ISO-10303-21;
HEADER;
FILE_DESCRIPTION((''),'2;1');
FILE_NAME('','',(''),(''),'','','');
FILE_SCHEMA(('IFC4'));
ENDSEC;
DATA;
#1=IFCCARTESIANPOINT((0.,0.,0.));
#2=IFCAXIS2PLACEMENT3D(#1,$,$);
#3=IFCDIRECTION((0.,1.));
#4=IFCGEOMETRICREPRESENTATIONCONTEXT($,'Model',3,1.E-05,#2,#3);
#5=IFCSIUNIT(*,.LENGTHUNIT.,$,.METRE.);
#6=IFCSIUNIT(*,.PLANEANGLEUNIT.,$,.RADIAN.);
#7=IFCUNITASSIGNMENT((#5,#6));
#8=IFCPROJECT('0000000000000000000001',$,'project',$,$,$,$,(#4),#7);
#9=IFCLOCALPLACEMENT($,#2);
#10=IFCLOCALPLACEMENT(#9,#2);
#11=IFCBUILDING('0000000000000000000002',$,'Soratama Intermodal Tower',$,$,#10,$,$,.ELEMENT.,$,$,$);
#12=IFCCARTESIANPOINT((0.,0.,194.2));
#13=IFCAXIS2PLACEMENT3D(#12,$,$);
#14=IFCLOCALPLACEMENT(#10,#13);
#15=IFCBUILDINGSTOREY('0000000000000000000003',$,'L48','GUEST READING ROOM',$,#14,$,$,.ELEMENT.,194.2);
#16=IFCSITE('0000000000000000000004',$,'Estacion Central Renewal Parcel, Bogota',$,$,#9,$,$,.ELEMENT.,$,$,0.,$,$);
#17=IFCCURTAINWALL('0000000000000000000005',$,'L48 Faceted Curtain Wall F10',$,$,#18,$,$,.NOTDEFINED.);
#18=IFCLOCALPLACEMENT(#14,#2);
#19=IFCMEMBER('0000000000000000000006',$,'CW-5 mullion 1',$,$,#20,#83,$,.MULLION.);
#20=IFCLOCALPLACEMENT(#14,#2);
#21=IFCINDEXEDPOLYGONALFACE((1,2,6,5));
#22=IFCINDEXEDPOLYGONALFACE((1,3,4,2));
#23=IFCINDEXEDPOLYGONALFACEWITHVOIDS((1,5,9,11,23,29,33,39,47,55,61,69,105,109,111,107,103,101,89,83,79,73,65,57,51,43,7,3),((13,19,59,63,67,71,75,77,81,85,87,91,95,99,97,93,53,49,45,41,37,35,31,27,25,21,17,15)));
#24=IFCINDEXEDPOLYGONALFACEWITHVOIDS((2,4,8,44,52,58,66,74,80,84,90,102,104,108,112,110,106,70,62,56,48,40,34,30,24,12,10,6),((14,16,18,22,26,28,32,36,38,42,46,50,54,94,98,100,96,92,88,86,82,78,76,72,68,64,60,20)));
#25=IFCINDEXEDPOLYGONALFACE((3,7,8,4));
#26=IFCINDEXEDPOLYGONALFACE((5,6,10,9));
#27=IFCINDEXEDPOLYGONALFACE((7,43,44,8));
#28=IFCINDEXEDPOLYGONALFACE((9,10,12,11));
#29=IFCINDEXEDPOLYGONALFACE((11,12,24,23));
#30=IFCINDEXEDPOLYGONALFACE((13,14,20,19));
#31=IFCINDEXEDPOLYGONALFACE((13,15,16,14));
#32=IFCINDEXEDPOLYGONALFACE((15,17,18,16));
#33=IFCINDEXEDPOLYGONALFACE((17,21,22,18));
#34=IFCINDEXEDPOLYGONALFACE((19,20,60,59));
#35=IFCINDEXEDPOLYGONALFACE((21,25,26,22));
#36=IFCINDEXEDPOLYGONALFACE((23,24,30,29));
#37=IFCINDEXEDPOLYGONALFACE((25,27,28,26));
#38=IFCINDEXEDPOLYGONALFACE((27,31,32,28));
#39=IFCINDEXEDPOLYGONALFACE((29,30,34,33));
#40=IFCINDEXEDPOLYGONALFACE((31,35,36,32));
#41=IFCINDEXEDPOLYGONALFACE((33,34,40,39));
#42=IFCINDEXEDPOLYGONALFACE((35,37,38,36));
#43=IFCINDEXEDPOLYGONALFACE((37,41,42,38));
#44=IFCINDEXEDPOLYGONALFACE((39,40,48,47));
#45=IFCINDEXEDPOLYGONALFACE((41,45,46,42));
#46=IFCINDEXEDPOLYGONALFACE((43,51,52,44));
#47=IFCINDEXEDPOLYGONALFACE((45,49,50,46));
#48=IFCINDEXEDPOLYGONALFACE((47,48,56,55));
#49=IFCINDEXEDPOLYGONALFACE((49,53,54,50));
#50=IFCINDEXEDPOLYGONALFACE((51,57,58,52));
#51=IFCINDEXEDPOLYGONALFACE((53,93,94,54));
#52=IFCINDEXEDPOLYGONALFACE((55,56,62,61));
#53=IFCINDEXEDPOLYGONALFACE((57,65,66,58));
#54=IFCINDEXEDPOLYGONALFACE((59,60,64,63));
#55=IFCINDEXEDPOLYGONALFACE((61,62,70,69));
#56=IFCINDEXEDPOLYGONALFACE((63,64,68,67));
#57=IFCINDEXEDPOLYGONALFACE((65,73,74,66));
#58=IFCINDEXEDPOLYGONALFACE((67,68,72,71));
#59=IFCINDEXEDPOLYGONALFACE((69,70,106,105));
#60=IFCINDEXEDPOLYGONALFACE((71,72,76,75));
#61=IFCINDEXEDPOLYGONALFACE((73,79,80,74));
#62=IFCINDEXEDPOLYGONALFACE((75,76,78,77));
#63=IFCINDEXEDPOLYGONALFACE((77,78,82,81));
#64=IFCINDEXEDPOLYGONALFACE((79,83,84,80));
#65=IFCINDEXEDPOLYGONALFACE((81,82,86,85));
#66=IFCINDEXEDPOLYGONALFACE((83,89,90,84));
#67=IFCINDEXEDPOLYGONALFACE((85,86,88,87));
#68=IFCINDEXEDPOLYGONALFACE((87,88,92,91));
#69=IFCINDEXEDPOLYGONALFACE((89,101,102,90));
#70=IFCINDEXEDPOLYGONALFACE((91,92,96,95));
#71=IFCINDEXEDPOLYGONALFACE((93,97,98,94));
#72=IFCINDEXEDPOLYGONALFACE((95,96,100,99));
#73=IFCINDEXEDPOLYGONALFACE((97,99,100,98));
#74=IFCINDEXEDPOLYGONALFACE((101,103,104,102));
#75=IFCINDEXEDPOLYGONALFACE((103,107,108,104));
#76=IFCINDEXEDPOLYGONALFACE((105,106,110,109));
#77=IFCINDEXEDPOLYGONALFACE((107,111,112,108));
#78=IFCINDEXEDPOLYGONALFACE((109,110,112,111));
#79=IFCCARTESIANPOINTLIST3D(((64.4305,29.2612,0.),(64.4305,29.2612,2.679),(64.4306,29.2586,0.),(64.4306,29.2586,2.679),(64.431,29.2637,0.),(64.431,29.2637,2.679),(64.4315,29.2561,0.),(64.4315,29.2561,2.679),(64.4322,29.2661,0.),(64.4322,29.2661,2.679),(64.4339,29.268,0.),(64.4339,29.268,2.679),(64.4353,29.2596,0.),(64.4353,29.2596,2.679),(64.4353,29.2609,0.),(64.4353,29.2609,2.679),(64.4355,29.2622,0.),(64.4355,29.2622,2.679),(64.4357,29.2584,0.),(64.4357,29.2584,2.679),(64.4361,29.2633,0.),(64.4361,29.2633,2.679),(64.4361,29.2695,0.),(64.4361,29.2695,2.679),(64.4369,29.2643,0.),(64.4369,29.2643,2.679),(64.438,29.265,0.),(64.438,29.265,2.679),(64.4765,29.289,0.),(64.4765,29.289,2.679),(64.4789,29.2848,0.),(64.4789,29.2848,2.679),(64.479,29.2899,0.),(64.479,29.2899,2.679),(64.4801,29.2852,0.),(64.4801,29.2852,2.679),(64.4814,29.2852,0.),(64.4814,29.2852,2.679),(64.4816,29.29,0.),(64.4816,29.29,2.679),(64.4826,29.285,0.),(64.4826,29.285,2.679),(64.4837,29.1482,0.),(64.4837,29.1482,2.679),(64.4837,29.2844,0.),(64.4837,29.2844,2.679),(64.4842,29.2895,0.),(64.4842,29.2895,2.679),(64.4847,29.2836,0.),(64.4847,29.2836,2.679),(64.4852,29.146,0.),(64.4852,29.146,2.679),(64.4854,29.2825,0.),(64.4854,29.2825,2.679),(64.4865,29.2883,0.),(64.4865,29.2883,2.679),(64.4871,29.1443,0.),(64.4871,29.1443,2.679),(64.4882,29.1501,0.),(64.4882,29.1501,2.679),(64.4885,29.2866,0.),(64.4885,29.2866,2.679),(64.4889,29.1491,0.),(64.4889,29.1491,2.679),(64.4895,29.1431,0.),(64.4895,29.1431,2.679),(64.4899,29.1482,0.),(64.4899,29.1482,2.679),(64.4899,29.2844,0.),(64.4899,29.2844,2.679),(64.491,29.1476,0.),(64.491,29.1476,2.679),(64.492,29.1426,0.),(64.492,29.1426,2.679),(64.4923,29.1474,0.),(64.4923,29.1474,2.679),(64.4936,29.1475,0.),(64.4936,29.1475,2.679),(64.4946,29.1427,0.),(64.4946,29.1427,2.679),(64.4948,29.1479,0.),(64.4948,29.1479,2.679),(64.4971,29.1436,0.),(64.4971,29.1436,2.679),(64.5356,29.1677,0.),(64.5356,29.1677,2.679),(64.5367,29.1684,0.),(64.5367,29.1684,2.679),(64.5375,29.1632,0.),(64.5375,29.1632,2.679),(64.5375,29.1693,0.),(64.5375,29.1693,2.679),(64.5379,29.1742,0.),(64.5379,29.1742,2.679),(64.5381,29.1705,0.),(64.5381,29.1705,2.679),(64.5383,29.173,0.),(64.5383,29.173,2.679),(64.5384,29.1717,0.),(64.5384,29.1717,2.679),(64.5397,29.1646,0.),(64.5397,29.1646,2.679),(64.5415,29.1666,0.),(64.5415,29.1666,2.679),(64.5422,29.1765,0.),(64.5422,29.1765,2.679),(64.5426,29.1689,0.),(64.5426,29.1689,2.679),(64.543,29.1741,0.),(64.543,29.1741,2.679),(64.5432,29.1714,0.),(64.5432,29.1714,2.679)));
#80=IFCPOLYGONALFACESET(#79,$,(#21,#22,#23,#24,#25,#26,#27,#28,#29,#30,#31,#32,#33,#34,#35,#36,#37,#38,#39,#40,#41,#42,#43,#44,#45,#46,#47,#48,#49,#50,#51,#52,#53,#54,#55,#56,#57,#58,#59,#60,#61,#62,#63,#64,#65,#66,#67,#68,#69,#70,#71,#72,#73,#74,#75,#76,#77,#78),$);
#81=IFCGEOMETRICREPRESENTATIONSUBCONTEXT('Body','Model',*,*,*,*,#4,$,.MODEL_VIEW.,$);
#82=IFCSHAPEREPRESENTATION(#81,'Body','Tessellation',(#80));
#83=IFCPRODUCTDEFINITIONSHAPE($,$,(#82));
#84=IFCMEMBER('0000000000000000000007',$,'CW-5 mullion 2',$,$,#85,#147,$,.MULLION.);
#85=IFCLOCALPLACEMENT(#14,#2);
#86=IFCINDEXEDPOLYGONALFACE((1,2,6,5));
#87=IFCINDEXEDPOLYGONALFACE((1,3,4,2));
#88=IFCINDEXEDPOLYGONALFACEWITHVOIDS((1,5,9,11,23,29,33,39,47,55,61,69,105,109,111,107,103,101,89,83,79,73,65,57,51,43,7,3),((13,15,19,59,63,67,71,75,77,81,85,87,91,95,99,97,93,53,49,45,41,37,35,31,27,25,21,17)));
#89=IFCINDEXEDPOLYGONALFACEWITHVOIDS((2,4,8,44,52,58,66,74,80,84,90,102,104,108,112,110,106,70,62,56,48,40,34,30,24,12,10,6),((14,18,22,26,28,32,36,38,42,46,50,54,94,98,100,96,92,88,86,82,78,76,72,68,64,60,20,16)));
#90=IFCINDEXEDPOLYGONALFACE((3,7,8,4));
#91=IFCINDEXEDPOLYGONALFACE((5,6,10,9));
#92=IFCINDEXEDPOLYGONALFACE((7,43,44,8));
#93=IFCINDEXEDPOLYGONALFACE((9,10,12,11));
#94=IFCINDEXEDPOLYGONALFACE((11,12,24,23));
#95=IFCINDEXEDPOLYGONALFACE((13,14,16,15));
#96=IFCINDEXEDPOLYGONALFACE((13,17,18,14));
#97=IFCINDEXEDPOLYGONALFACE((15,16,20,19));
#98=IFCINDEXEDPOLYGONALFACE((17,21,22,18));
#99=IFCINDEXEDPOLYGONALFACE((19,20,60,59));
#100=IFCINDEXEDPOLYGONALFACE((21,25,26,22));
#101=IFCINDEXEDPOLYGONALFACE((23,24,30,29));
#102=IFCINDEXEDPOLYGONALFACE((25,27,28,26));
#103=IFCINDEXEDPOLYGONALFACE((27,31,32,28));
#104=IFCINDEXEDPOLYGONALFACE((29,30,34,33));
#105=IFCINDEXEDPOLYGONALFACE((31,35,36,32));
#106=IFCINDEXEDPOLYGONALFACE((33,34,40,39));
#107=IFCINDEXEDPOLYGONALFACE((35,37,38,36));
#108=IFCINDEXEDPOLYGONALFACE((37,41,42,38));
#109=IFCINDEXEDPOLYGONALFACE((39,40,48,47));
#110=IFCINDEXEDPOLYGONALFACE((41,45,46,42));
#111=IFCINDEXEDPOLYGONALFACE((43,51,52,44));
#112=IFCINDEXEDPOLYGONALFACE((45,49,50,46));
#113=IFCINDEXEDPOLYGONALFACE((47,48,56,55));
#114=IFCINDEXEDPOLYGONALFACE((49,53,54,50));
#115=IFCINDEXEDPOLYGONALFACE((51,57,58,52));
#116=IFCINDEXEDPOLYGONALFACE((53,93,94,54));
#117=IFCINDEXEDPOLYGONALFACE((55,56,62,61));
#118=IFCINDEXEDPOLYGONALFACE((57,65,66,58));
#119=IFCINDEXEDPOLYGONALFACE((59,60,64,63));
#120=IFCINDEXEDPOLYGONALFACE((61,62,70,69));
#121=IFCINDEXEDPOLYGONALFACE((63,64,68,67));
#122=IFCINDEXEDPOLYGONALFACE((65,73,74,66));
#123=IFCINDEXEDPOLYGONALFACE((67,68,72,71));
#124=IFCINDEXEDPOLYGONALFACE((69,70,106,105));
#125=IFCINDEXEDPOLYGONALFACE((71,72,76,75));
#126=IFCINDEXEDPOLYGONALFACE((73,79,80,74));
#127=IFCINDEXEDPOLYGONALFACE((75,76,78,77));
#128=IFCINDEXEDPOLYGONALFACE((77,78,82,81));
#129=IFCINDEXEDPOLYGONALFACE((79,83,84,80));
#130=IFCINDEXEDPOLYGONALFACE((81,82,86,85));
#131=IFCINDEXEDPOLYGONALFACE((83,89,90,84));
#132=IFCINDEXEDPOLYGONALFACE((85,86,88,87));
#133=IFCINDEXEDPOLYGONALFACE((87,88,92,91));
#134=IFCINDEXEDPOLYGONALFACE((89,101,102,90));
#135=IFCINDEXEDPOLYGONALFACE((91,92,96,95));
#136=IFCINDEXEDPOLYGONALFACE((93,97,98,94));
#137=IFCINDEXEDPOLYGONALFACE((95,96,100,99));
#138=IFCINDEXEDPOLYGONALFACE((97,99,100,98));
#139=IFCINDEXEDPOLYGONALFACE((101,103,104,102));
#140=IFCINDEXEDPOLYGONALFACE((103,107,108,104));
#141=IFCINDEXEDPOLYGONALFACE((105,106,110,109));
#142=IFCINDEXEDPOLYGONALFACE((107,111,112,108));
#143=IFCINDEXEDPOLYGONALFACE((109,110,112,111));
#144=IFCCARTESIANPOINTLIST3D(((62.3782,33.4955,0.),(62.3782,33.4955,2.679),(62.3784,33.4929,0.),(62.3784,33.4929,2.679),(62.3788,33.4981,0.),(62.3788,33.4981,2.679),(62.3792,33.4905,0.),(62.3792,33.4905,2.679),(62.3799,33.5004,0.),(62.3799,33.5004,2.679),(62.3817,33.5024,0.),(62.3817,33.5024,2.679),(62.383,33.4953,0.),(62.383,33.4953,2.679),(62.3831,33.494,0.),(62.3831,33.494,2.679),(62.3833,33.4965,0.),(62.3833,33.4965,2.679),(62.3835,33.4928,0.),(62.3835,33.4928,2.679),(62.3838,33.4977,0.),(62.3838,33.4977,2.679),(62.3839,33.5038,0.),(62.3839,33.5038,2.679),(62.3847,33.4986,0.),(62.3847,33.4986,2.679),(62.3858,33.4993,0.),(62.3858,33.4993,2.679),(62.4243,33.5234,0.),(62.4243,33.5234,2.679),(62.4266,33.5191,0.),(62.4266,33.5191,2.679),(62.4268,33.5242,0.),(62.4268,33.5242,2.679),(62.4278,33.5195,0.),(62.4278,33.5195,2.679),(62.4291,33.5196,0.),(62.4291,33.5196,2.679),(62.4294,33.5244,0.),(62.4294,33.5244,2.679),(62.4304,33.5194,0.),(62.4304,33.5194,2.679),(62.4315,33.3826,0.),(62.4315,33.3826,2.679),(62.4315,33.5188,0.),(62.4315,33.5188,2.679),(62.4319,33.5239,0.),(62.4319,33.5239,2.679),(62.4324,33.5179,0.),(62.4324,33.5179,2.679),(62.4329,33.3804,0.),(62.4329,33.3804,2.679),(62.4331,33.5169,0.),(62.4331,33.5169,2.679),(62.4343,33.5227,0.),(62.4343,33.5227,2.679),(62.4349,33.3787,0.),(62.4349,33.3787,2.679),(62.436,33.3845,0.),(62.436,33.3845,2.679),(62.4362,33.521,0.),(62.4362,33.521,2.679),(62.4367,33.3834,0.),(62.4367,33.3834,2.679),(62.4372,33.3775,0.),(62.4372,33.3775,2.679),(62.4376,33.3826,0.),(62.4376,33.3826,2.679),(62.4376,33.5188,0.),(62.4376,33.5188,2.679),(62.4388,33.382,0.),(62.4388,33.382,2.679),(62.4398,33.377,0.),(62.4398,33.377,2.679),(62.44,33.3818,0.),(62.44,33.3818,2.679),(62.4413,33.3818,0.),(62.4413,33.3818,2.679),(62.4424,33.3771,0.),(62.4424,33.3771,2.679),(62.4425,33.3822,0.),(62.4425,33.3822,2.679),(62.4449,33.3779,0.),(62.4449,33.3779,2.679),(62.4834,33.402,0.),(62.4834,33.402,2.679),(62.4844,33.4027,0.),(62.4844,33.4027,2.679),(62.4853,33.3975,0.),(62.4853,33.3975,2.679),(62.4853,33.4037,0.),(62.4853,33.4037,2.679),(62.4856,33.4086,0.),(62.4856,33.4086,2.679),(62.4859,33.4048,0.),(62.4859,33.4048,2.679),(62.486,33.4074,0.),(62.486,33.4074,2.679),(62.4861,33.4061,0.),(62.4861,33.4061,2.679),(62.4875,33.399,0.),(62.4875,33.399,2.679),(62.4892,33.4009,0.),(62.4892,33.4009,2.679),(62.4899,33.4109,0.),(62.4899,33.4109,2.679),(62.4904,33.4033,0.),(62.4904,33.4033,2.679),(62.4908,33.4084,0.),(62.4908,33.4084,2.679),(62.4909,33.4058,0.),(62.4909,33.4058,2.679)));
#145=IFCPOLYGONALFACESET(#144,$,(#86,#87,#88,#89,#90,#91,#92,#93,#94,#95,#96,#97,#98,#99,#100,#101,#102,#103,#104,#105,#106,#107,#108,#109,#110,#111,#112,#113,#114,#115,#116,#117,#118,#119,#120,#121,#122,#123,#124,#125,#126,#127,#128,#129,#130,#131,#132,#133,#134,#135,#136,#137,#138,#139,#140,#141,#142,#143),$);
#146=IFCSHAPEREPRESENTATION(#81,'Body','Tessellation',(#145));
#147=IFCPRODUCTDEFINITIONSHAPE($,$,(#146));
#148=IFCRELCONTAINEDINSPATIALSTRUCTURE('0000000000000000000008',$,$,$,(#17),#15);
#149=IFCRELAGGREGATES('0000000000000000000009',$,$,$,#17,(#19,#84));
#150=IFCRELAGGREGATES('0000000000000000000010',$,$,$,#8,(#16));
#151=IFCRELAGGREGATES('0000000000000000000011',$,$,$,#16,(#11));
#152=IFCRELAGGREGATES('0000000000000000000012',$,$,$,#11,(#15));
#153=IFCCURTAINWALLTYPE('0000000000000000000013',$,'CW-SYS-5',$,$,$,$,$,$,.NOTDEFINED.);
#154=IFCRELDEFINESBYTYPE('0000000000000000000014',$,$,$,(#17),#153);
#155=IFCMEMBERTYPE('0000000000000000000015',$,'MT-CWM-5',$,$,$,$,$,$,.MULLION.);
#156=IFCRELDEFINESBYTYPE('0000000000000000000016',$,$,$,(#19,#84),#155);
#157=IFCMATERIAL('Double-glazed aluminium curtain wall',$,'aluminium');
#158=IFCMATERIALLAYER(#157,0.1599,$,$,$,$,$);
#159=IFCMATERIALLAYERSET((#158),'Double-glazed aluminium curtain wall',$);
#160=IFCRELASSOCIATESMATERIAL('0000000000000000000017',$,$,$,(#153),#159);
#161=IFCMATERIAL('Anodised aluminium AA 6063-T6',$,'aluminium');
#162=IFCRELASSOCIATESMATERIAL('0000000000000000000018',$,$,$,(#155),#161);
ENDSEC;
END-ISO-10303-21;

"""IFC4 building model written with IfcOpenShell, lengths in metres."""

from ifc_helpers import new_model, si_unit, direction, frame, origin, origin_2d, place, context, subcontext, project, spatial, hollow_rectangle, extrude, material, layer, layer_set, material_profile, profile_set, type_object, element, aggregate, save


model = new_model("IFC4")

# Units and contexts
model_context = context("Model", 3, precision=1e-05, world=origin(), true_north=direction((0.0, 1.0)))
body_context = subcontext(model_context, "Body", "Model", "MODEL_VIEW")
ifc_project = project(units=[si_unit("LENGTHUNIT", "METRE"), si_unit("PLANEANGLEUNIT", "RADIAN")], contexts=[model_context])

# Site, building, storey
site_placement = place(None, origin())
site = spatial("IfcSite", under=ifc_project, at=site_placement, Name="Estacion Central Renewal Parcel, Bogota", CompositionType="ELEMENT", RefElevation=0.0)
building_placement = place(site_placement, origin())
building = spatial("IfcBuilding", under=site, at=building_placement, Name="Soratama Intermodal Tower", CompositionType="ELEMENT")
storey_placement = place(building_placement, frame((0.0, 0.0, 194.2)))
storey = spatial("IfcBuildingStorey", under=building, at=storey_placement, Name="L48", Description="GUEST READING ROOM", CompositionType="ELEMENT", Elevation=194.2)

# Curtain wall, members
ifc_material_1 = material(Name="Double-glazed aluminium curtain wall", Category="aluminium")
ifc_layer_1 = layer(ifc_material_1, 0.1599)
ifc_layer_set_1 = layer_set([ifc_layer_1], Name="Double-glazed aluminium curtain wall")
curtain_wall_type = type_object("IfcCurtainWallType", Name="CW-SYS-5", PredefinedType="NOTDEFINED", material=ifc_layer_set_1)
curtain_wall_placement = place(storey_placement, origin())
curtain_wall = element("IfcCurtainWall", 1, at=curtain_wall_placement, inside=storey, type_object=curtain_wall_type, Name="L48 Faceted Curtain Wall F10", PredefinedType="NOTDEFINED")
ifc_material_2 = material(Name="Anodised aluminium AA 6063-T6", Category="aluminium")
ifc_material_profile_1 = material_profile(ifc_material_2, hollow_rectangle(XDim=0.0649, YDim=0.1399, WallThickness=0.0049, InnerFilletRadius=0.0049, OuterFilletRadius=0.01, at=origin_2d()), Name="CWM140X65X5")
ifc_profile_set_1 = profile_set([ifc_material_profile_1], Name="Anodised aluminium AA 6063-T6")
member_type_1 = type_object("IfcMemberType", Name="MT-CWM-5", PredefinedType="MULLION", material=ifc_profile_set_1)
member_1_placement = place(storey_placement, frame((64.4868, 29.2163, 0.0), z_axis=(0.0, 0.0, 1.0), x_axis=(-0.899867, -0.436165, 0.0)))
member_1 = element("IfcMember", 2, at=member_1_placement, type_object=member_type_1, Name="CW-5 mullion 1", PredefinedType="MULLION", context=body_context, shape_type="SweptSolid", body=[
    extrude(hollow_rectangle(XDim=0.0649, YDim=0.1399, WallThickness=0.0049, InnerFilletRadius=0.0049, OuterFilletRadius=0.01, at=origin_2d()), origin(), (0.0, 0.0, 1.0), 2.679),
])
member_2_placement = place(storey_placement, frame((62.4346, 33.4507, 0.0), z_axis=(0.0, 0.0, 1.0), x_axis=(-0.899867, -0.436165, 0.0)))
member_2 = element("IfcMember", 3, at=member_2_placement, type_object=member_type_1, Name="CW-5 mullion 2", PredefinedType="MULLION", context=body_context, shape_type="SweptSolid", body=[
    extrude(hollow_rectangle(XDim=0.0649, YDim=0.1399, WallThickness=0.0049, InnerFilletRadius=0.0049, OuterFilletRadius=0.01, at=origin_2d()), origin(), (0.0, 0.0, 1.0), 2.679),
])
aggregate(curtain_wall, [member_1, member_2])

save(model, "model.ifc")
